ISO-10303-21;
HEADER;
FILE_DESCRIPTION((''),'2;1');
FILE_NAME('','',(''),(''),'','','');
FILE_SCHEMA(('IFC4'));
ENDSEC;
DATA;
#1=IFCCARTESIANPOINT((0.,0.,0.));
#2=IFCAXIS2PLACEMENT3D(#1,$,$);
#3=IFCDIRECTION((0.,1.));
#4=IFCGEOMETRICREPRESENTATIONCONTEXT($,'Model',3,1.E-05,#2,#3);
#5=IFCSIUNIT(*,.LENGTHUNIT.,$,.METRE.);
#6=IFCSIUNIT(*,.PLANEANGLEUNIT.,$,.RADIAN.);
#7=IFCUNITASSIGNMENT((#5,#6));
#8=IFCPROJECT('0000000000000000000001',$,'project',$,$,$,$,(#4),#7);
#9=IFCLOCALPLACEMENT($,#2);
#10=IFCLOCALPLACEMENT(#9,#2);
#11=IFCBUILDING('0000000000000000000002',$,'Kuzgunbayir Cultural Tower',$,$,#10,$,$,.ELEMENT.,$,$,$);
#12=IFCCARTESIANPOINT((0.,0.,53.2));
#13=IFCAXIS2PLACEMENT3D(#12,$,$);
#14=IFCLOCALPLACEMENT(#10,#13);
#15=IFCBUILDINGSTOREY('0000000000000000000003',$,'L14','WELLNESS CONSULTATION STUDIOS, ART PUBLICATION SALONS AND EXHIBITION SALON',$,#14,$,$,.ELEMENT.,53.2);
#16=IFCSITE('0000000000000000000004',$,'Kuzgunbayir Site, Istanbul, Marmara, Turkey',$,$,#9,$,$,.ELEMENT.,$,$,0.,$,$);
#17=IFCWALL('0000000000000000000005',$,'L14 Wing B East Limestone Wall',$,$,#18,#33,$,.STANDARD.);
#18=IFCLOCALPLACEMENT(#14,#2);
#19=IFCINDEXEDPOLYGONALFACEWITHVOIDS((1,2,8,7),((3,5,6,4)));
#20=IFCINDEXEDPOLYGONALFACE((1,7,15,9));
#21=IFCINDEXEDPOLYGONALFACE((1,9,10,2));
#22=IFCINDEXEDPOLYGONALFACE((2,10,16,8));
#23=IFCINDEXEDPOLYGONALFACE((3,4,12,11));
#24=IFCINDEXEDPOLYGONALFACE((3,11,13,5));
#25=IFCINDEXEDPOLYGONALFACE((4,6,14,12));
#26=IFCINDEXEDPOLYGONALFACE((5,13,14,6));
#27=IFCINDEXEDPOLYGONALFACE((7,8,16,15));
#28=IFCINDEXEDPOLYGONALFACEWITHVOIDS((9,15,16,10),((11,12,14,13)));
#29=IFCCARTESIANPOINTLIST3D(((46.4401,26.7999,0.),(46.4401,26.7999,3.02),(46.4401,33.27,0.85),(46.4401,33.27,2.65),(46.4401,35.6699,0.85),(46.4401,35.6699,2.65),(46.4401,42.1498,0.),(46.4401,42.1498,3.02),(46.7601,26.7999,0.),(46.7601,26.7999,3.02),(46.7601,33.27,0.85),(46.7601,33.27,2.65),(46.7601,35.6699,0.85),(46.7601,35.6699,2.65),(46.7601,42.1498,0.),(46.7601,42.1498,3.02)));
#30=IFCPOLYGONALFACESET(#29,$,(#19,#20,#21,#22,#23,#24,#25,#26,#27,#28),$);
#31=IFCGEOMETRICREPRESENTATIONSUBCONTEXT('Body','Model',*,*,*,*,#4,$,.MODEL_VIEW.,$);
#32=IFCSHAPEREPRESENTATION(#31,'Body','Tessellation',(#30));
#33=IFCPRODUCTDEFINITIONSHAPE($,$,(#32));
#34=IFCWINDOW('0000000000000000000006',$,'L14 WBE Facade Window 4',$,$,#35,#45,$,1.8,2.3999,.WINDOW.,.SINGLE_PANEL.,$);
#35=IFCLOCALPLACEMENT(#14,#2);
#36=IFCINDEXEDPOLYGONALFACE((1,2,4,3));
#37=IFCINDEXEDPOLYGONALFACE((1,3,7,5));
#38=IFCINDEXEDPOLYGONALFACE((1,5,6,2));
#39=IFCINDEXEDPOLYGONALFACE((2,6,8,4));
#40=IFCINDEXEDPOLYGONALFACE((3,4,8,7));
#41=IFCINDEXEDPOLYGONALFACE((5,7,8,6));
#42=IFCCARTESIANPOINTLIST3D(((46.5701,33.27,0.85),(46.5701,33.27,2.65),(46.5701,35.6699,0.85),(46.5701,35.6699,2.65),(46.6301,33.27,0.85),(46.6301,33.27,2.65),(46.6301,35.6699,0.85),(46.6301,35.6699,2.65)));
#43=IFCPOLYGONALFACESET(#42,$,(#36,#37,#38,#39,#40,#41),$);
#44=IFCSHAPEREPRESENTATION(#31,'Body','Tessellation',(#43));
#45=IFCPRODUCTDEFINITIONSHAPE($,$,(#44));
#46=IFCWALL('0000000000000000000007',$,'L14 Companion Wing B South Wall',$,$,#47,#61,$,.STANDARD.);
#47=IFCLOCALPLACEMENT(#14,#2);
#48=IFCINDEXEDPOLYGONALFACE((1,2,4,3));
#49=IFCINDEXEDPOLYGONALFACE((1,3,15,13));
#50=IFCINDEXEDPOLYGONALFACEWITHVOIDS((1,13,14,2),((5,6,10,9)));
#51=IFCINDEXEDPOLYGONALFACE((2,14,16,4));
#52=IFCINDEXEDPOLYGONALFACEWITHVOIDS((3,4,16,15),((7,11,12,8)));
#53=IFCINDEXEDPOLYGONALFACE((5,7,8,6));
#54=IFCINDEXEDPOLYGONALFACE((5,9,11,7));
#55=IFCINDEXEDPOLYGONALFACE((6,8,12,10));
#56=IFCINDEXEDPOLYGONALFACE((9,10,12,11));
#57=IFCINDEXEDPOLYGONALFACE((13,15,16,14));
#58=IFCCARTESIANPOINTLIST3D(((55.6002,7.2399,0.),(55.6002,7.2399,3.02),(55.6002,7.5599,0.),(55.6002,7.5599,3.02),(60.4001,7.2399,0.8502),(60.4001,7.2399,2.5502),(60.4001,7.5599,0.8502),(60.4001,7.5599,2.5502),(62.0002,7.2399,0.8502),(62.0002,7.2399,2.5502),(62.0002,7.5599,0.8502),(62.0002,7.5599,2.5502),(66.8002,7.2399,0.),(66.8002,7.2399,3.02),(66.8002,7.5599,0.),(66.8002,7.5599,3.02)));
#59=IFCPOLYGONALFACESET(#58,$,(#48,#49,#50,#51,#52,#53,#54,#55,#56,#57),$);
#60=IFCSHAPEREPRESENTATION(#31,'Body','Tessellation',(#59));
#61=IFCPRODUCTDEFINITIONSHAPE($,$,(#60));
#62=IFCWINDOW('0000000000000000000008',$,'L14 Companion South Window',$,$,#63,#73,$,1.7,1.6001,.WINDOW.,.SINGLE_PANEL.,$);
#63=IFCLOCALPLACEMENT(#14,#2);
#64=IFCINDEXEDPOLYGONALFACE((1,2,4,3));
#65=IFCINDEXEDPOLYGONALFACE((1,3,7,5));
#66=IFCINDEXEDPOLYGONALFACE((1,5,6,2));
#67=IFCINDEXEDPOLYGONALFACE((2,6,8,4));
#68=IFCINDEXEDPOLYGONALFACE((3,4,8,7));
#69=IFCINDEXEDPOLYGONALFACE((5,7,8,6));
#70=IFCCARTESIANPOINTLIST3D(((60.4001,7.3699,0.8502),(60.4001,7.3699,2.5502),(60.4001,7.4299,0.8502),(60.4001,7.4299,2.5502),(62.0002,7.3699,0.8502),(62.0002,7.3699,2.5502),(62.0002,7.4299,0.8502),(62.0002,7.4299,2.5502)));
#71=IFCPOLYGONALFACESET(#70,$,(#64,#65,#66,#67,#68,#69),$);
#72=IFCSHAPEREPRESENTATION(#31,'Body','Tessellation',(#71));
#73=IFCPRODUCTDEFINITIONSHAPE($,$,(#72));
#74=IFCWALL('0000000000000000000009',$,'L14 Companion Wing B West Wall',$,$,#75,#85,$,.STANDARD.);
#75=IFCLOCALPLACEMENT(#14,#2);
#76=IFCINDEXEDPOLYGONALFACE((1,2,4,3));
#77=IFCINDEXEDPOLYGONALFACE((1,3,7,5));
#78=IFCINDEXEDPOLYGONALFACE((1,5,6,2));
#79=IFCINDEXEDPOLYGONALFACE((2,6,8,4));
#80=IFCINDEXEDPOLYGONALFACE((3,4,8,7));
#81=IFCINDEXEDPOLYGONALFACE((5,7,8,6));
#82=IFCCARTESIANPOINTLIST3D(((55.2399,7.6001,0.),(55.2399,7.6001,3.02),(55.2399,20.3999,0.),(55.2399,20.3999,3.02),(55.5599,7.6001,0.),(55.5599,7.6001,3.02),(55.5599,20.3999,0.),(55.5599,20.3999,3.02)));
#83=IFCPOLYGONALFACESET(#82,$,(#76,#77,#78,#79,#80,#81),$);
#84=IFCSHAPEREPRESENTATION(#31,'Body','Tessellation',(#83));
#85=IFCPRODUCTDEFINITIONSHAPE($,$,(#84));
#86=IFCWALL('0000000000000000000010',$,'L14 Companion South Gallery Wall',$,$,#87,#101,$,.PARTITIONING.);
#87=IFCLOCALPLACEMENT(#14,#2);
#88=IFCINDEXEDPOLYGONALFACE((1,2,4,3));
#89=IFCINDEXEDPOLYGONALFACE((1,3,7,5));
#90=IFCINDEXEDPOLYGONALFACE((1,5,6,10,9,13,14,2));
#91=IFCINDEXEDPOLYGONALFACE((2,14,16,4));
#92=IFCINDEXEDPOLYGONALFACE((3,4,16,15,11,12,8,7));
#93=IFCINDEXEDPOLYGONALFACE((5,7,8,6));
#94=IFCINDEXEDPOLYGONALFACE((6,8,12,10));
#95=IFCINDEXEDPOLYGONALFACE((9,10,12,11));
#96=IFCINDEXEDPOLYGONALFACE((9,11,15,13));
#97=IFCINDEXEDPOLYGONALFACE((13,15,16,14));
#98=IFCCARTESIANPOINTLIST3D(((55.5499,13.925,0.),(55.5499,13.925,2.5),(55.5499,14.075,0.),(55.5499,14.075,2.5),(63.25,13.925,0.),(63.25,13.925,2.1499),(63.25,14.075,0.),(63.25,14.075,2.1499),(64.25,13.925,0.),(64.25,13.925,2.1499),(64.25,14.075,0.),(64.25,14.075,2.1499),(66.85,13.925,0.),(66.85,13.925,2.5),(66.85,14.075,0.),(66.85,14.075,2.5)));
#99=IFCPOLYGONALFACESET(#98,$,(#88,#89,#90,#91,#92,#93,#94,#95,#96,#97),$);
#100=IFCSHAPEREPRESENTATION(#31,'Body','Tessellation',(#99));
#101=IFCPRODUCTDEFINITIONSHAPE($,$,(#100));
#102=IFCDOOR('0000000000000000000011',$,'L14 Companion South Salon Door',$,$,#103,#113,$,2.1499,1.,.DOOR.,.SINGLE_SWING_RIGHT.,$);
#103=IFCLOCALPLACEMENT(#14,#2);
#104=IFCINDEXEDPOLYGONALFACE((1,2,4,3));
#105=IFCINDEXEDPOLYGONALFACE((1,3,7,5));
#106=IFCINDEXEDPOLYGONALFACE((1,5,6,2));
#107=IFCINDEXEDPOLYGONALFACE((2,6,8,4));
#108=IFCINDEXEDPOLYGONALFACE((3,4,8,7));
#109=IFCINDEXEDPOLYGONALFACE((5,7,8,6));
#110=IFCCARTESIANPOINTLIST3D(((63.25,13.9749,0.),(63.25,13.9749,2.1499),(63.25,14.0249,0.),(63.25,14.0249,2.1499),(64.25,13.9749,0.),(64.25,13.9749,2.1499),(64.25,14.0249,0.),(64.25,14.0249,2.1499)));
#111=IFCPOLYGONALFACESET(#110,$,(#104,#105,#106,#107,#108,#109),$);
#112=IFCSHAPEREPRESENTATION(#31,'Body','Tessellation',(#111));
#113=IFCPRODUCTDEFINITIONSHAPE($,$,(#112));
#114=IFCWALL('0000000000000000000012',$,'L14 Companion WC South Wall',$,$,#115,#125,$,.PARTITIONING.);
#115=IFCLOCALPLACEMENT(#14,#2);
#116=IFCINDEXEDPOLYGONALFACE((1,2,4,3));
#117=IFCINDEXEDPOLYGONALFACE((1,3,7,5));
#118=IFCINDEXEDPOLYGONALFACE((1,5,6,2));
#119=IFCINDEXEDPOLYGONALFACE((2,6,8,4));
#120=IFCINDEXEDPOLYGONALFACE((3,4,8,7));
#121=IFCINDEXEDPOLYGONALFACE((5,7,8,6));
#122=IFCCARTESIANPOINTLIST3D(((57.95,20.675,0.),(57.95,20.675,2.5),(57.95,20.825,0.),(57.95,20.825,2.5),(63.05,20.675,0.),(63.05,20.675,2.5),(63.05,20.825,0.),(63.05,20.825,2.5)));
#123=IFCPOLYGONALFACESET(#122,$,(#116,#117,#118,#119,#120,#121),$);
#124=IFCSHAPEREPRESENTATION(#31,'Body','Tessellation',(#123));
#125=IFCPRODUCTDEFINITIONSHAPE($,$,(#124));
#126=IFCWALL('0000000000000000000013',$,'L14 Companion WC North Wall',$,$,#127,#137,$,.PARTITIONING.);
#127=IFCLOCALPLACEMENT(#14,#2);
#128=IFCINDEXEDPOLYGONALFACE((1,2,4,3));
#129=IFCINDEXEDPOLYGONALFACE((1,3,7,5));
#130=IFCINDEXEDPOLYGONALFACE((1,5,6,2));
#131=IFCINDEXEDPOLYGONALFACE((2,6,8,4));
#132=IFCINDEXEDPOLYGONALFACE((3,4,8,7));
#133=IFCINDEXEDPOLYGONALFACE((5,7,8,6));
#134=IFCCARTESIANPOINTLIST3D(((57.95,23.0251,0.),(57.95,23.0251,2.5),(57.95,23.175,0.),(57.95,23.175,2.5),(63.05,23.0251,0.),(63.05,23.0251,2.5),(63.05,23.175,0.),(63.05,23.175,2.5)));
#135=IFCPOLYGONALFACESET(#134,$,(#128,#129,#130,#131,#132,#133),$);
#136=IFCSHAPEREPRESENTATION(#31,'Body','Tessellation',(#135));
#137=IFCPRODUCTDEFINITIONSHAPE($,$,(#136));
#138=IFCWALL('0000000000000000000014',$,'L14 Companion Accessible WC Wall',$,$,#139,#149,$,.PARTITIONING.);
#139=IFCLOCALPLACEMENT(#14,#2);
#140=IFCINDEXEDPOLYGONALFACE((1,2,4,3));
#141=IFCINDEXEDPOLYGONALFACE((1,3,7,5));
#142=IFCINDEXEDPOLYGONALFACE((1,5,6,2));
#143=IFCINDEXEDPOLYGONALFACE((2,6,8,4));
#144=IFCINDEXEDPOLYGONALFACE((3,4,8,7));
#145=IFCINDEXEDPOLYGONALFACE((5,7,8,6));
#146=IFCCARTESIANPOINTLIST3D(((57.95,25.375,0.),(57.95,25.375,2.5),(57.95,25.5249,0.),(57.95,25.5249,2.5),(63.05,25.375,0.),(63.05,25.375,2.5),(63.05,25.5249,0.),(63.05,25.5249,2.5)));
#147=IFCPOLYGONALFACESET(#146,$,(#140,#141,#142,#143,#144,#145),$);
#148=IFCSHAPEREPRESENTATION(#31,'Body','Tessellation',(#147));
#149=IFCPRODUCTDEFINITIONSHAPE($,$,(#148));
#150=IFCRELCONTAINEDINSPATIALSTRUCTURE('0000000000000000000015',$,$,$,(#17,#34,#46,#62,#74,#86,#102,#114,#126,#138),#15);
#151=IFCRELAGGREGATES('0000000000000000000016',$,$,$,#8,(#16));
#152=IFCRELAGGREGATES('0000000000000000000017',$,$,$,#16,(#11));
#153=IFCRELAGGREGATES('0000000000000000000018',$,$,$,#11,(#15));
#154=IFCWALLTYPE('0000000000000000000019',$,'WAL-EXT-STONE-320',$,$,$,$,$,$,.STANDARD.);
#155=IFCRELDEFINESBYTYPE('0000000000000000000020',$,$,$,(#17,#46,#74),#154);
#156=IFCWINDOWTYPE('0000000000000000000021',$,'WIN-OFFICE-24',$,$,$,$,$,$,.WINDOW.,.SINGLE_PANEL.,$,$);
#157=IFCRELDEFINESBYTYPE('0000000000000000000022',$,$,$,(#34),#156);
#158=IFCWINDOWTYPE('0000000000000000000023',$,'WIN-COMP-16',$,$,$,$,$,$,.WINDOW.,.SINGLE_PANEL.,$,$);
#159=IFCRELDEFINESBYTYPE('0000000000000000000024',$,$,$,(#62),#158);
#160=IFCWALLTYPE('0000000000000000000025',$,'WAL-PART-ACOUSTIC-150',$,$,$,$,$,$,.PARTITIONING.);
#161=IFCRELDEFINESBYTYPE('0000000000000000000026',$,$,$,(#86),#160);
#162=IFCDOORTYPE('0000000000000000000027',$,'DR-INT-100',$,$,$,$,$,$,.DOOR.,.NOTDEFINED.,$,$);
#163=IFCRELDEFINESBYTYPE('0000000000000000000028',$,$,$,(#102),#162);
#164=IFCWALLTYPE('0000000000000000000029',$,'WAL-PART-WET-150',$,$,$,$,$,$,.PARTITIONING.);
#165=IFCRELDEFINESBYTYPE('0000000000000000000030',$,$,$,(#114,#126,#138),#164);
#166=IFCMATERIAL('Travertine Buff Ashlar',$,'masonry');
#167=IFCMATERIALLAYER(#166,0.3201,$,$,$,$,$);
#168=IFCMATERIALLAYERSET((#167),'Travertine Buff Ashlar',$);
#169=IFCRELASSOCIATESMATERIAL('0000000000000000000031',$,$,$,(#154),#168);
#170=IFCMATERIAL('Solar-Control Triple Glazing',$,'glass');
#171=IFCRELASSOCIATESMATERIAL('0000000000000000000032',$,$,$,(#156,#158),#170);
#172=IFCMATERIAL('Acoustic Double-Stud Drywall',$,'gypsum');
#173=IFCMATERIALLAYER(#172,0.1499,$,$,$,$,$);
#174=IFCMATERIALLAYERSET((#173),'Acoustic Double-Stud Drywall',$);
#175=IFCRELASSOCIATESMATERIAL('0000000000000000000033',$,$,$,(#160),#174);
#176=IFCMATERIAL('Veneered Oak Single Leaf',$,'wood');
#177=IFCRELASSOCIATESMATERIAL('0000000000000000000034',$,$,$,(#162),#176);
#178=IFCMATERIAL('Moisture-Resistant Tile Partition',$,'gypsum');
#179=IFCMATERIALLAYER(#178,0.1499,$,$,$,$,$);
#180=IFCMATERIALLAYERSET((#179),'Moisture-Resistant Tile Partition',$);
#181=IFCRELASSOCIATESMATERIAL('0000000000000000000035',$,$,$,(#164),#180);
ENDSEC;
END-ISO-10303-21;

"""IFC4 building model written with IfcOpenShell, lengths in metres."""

from ifc_helpers import new_model, si_unit, direction, frame, frame_2d, origin, place, context, subcontext, project, spatial, rectangle, extrude, material, layer, layer_set, type_object, element, fill, save


model = new_model("IFC4")

# Units and contexts
model_context = context("Model", 3, precision=1e-05, world=origin(), true_north=direction((0.0, 1.0)))
body_context = subcontext(model_context, "Body", "Model", "MODEL_VIEW")
ifc_project = project(units=[si_unit("LENGTHUNIT", "METRE"), si_unit("PLANEANGLEUNIT", "RADIAN")], contexts=[model_context])

# Site, building, storey
site_placement = place(None, origin())
site = spatial("IfcSite", under=ifc_project, at=site_placement, Name="Kuzgunbayir Site, Istanbul, Marmara, Turkey", CompositionType="ELEMENT", RefElevation=0.0)
building_placement = place(site_placement, origin())
building = spatial("IfcBuilding", under=site, at=building_placement, Name="Kuzgunbayir Cultural Tower", CompositionType="ELEMENT")
storey_placement = place(building_placement, frame((0.0, 0.0, 53.2)))
storey = spatial("IfcBuildingStorey", under=building, at=storey_placement, Name="L14", Description="WELLNESS CONSULTATION STUDIOS, ART PUBLICATION SALONS AND EXHIBITION SALON", CompositionType="ELEMENT", Elevation=53.2)

# Walls, openings, windows
ifc_material_1 = material(Name="Travertine Buff Ashlar", Category="masonry")
ifc_layer_1 = layer(ifc_material_1, 0.3201)
ifc_layer_set_1 = layer_set([ifc_layer_1], Name="Travertine Buff Ashlar")
wall_type_1 = type_object("IfcWallType", Name="WAL-EXT-STONE-320", PredefinedType="STANDARD", material=ifc_layer_set_1)
wall_1_placement = place(storey_placement, frame((46.6001, 26.8, 0.0), z_axis=(0.0, 0.0, 1.0), x_axis=(0.0, 1.0, 0.0)))
wall_1 = element("IfcWall", 1, at=wall_1_placement, inside=storey, type_object=wall_type_1, Name="L14 Wing B East Limestone Wall", PredefinedType="STANDARD", context=body_context, shape_type="SweptSolid", body=[
    extrude(rectangle(XDim=15.3499, YDim=0.3201, at=frame_2d((7.6748, 0.0))), origin(), (0.0, 0.0, 1.0), 3.02),
])
opening_1_placement = place(wall_1_placement, frame((6.47, 0.0, 0.8501)))
opening_1 = element("IfcOpeningElement", 2, at=opening_1_placement, cuts=wall_1, PredefinedType="OPENING", context=body_context, shape_type="SweptSolid", body=[
    extrude(rectangle(XDim=2.3999, YDim=1.8, at=frame_2d((1.2, 0.8999))), frame((0.0, 0.1699, 0.0), z_axis=(0.0, -1.0, 0.0), x_axis=(1.0, 0.0, 0.0)), (0.0, 0.0, 1.0), 0.3401),
])
ifc_material_2 = material(Name="Solar-Control Triple Glazing", Category="glass")
window_type_1 = type_object("IfcWindowType", Name="WIN-OFFICE-24", PartitioningType="SINGLE_PANEL", PredefinedType="WINDOW", material=ifc_material_2)
window_1_placement = place(opening_1_placement, origin())
window_1 = element("IfcWindow", 3, at=window_1_placement, inside=storey, type_object=window_type_1, Name="L14 WBE Facade Window 4", OverallHeight=1.8, OverallWidth=2.3999, PartitioningType="SINGLE_PANEL", PredefinedType="WINDOW", context=body_context, shape_type="SweptSolid", body=[
    extrude(rectangle(XDim=2.3999, YDim=1.8, at=frame_2d((1.2, 0.8999))), frame((0.0, 0.03, 0.0), z_axis=(0.0, -1.0, 0.0), x_axis=(1.0, 0.0, 0.0)), (0.0, 0.0, 1.0), 0.0601),
])
fill(opening_1, window_1)
wall_2_placement = place(storey_placement, frame((55.6001, 7.3999, 0.0), z_axis=(0.0, 0.0, 1.0), x_axis=(1.0, 0.0, 0.0)))
wall_2 = element("IfcWall", 4, at=wall_2_placement, inside=storey, type_object=wall_type_1, Name="L14 Companion Wing B South Wall", PredefinedType="STANDARD", context=body_context, shape_type="SweptSolid", body=[
    extrude(rectangle(XDim=11.2, YDim=0.3201, at=frame_2d((5.6001, 0.0))), origin(), (0.0, 0.0, 1.0), 3.02),
])
opening_2_placement = place(wall_2_placement, frame((4.8, 0.0, 0.8501)))
opening_2 = element("IfcOpeningElement", 5, at=opening_2_placement, cuts=wall_2, PredefinedType="OPENING", context=body_context, shape_type="SweptSolid", body=[
    extrude(rectangle(XDim=1.6001, YDim=1.7, at=frame_2d((0.8, 0.8501))), frame((0.0, 0.1699, 0.0), z_axis=(0.0, -1.0, 0.0), x_axis=(1.0, 0.0, 0.0)), (0.0, 0.0, 1.0), 0.3401),
])
window_type_2 = type_object("IfcWindowType", Name="WIN-COMP-16", PartitioningType="SINGLE_PANEL", PredefinedType="WINDOW", material=ifc_material_2)
window_2_placement = place(opening_2_placement, origin())
window_2 = element("IfcWindow", 6, at=window_2_placement, inside=storey, type_object=window_type_2, Name="L14 Companion South Window", OverallHeight=1.7, OverallWidth=1.6001, PartitioningType="SINGLE_PANEL", PredefinedType="WINDOW", context=body_context, shape_type="SweptSolid", body=[
    extrude(rectangle(XDim=1.6001, YDim=1.7, at=frame_2d((0.8, 0.8501))), frame((0.0, 0.03, 0.0), z_axis=(0.0, -1.0, 0.0), x_axis=(1.0, 0.0, 0.0)), (0.0, 0.0, 1.0), 0.0601),
])
fill(opening_2, window_2)

# Wall
wall_3_placement = place(storey_placement, frame((55.3999, 20.3999, 0.0), z_axis=(0.0, 0.0, 1.0), x_axis=(0.0, -1.0, 0.0)))
element("IfcWall", 7, at=wall_3_placement, inside=storey, type_object=wall_type_1, Name="L14 Companion Wing B West Wall", PredefinedType="STANDARD", context=body_context, shape_type="SweptSolid", body=[
    extrude(rectangle(XDim=12.7998, YDim=0.3201, at=frame_2d((6.3999, 0.0))), origin(), (0.0, 0.0, 1.0), 3.02),
])

# Wall, opening, door
ifc_material_3 = material(Name="Acoustic Double-Stud Drywall", Category="gypsum")
ifc_layer_2 = layer(ifc_material_3, 0.1499)
ifc_layer_set_2 = layer_set([ifc_layer_2], Name="Acoustic Double-Stud Drywall")
wall_type_2 = type_object("IfcWallType", Name="WAL-PART-ACOUSTIC-150", PredefinedType="PARTITIONING", material=ifc_layer_set_2)
wall_4_placement = place(storey_placement, frame((55.55, 14.0, 0.0), z_axis=(0.0, 0.0, 1.0), x_axis=(1.0, 0.0, 0.0)))
wall_4 = element("IfcWall", 8, at=wall_4_placement, inside=storey, type_object=wall_type_2, Name="L14 Companion South Gallery Wall", PredefinedType="PARTITIONING", context=body_context, shape_type="SweptSolid", body=[
    extrude(rectangle(XDim=11.3, YDim=0.1499, at=frame_2d((5.6499, 0.0))), origin(), (0.0, 0.0, 1.0), 2.5),
])
opening_3_placement = place(wall_4_placement, frame((7.7, 0.0, 0.0)))
opening_3 = element("IfcOpeningElement", 9, at=opening_3_placement, cuts=wall_4, PredefinedType="OPENING", context=body_context, shape_type="SweptSolid", body=[
    extrude(rectangle(XDim=1.0, YDim=2.1499, at=frame_2d((0.5, 1.075))), frame((0.0, 0.085, 0.0), z_axis=(0.0, -1.0, 0.0), x_axis=(1.0, 0.0, 0.0)), (0.0, 0.0, 1.0), 0.1699),
])
ifc_material_4 = material(Name="Veneered Oak Single Leaf", Category="wood")
door_type = type_object("IfcDoorType", Name="DR-INT-100", OperationType="NOTDEFINED", PredefinedType="DOOR", material=ifc_material_4)
door_placement = place(opening_3_placement, origin())
door = element("IfcDoor", 10, at=door_placement, inside=storey, type_object=door_type, Name="L14 Companion South Salon Door", OperationType="SINGLE_SWING_RIGHT", OverallHeight=2.1499, OverallWidth=1.0, PredefinedType="DOOR", context=body_context, shape_type="SweptSolid", body=[
    extrude(rectangle(XDim=1.0, YDim=2.1499, at=frame_2d((0.5, 1.075))), frame((0.0, 0.0249, 0.0), z_axis=(0.0, -1.0, 0.0), x_axis=(1.0, 0.0, 0.0)), (0.0, 0.0, 1.0), 0.05),
])
fill(opening_3, door)

# Walls
ifc_material_5 = material(Name="Moisture-Resistant Tile Partition", Category="gypsum")
ifc_layer_3 = layer(ifc_material_5, 0.1499)
ifc_layer_set_3 = layer_set([ifc_layer_3], Name="Moisture-Resistant Tile Partition")
wall_type_3 = type_object("IfcWallType", Name="WAL-PART-WET-150", PredefinedType="PARTITIONING", material=ifc_layer_set_3)
for number, where, z_axis, x_axis, name in (
    (11, (57.95, 20.75, 0.0), (0.0, 0.0, 1.0), (1.0, 0.0, 0.0), "L14 Companion WC South Wall"),
    (12, (57.95, 23.1001, 0.0), (0.0, 0.0, 1.0), (1.0, 0.0, 0.0), "L14 Companion WC North Wall"),
    (13, (57.95, 25.45, 0.0), (0.0, 0.0, 1.0), (1.0, 0.0, 0.0), "L14 Companion Accessible WC Wall"),
):
    element("IfcWall", number, at=place(storey_placement, frame(where, z_axis=z_axis, x_axis=x_axis)), inside=storey, type_object=wall_type_3, Name=name, PredefinedType="PARTITIONING", context=body_context, shape_type="SweptSolid", body=[
        extrude(rectangle(XDim=5.1001, YDim=0.1499, at=frame_2d((2.55, 0.0))), origin(), (0.0, 0.0, 1.0), 2.5),
    ])

save(model, "model.ifc")
